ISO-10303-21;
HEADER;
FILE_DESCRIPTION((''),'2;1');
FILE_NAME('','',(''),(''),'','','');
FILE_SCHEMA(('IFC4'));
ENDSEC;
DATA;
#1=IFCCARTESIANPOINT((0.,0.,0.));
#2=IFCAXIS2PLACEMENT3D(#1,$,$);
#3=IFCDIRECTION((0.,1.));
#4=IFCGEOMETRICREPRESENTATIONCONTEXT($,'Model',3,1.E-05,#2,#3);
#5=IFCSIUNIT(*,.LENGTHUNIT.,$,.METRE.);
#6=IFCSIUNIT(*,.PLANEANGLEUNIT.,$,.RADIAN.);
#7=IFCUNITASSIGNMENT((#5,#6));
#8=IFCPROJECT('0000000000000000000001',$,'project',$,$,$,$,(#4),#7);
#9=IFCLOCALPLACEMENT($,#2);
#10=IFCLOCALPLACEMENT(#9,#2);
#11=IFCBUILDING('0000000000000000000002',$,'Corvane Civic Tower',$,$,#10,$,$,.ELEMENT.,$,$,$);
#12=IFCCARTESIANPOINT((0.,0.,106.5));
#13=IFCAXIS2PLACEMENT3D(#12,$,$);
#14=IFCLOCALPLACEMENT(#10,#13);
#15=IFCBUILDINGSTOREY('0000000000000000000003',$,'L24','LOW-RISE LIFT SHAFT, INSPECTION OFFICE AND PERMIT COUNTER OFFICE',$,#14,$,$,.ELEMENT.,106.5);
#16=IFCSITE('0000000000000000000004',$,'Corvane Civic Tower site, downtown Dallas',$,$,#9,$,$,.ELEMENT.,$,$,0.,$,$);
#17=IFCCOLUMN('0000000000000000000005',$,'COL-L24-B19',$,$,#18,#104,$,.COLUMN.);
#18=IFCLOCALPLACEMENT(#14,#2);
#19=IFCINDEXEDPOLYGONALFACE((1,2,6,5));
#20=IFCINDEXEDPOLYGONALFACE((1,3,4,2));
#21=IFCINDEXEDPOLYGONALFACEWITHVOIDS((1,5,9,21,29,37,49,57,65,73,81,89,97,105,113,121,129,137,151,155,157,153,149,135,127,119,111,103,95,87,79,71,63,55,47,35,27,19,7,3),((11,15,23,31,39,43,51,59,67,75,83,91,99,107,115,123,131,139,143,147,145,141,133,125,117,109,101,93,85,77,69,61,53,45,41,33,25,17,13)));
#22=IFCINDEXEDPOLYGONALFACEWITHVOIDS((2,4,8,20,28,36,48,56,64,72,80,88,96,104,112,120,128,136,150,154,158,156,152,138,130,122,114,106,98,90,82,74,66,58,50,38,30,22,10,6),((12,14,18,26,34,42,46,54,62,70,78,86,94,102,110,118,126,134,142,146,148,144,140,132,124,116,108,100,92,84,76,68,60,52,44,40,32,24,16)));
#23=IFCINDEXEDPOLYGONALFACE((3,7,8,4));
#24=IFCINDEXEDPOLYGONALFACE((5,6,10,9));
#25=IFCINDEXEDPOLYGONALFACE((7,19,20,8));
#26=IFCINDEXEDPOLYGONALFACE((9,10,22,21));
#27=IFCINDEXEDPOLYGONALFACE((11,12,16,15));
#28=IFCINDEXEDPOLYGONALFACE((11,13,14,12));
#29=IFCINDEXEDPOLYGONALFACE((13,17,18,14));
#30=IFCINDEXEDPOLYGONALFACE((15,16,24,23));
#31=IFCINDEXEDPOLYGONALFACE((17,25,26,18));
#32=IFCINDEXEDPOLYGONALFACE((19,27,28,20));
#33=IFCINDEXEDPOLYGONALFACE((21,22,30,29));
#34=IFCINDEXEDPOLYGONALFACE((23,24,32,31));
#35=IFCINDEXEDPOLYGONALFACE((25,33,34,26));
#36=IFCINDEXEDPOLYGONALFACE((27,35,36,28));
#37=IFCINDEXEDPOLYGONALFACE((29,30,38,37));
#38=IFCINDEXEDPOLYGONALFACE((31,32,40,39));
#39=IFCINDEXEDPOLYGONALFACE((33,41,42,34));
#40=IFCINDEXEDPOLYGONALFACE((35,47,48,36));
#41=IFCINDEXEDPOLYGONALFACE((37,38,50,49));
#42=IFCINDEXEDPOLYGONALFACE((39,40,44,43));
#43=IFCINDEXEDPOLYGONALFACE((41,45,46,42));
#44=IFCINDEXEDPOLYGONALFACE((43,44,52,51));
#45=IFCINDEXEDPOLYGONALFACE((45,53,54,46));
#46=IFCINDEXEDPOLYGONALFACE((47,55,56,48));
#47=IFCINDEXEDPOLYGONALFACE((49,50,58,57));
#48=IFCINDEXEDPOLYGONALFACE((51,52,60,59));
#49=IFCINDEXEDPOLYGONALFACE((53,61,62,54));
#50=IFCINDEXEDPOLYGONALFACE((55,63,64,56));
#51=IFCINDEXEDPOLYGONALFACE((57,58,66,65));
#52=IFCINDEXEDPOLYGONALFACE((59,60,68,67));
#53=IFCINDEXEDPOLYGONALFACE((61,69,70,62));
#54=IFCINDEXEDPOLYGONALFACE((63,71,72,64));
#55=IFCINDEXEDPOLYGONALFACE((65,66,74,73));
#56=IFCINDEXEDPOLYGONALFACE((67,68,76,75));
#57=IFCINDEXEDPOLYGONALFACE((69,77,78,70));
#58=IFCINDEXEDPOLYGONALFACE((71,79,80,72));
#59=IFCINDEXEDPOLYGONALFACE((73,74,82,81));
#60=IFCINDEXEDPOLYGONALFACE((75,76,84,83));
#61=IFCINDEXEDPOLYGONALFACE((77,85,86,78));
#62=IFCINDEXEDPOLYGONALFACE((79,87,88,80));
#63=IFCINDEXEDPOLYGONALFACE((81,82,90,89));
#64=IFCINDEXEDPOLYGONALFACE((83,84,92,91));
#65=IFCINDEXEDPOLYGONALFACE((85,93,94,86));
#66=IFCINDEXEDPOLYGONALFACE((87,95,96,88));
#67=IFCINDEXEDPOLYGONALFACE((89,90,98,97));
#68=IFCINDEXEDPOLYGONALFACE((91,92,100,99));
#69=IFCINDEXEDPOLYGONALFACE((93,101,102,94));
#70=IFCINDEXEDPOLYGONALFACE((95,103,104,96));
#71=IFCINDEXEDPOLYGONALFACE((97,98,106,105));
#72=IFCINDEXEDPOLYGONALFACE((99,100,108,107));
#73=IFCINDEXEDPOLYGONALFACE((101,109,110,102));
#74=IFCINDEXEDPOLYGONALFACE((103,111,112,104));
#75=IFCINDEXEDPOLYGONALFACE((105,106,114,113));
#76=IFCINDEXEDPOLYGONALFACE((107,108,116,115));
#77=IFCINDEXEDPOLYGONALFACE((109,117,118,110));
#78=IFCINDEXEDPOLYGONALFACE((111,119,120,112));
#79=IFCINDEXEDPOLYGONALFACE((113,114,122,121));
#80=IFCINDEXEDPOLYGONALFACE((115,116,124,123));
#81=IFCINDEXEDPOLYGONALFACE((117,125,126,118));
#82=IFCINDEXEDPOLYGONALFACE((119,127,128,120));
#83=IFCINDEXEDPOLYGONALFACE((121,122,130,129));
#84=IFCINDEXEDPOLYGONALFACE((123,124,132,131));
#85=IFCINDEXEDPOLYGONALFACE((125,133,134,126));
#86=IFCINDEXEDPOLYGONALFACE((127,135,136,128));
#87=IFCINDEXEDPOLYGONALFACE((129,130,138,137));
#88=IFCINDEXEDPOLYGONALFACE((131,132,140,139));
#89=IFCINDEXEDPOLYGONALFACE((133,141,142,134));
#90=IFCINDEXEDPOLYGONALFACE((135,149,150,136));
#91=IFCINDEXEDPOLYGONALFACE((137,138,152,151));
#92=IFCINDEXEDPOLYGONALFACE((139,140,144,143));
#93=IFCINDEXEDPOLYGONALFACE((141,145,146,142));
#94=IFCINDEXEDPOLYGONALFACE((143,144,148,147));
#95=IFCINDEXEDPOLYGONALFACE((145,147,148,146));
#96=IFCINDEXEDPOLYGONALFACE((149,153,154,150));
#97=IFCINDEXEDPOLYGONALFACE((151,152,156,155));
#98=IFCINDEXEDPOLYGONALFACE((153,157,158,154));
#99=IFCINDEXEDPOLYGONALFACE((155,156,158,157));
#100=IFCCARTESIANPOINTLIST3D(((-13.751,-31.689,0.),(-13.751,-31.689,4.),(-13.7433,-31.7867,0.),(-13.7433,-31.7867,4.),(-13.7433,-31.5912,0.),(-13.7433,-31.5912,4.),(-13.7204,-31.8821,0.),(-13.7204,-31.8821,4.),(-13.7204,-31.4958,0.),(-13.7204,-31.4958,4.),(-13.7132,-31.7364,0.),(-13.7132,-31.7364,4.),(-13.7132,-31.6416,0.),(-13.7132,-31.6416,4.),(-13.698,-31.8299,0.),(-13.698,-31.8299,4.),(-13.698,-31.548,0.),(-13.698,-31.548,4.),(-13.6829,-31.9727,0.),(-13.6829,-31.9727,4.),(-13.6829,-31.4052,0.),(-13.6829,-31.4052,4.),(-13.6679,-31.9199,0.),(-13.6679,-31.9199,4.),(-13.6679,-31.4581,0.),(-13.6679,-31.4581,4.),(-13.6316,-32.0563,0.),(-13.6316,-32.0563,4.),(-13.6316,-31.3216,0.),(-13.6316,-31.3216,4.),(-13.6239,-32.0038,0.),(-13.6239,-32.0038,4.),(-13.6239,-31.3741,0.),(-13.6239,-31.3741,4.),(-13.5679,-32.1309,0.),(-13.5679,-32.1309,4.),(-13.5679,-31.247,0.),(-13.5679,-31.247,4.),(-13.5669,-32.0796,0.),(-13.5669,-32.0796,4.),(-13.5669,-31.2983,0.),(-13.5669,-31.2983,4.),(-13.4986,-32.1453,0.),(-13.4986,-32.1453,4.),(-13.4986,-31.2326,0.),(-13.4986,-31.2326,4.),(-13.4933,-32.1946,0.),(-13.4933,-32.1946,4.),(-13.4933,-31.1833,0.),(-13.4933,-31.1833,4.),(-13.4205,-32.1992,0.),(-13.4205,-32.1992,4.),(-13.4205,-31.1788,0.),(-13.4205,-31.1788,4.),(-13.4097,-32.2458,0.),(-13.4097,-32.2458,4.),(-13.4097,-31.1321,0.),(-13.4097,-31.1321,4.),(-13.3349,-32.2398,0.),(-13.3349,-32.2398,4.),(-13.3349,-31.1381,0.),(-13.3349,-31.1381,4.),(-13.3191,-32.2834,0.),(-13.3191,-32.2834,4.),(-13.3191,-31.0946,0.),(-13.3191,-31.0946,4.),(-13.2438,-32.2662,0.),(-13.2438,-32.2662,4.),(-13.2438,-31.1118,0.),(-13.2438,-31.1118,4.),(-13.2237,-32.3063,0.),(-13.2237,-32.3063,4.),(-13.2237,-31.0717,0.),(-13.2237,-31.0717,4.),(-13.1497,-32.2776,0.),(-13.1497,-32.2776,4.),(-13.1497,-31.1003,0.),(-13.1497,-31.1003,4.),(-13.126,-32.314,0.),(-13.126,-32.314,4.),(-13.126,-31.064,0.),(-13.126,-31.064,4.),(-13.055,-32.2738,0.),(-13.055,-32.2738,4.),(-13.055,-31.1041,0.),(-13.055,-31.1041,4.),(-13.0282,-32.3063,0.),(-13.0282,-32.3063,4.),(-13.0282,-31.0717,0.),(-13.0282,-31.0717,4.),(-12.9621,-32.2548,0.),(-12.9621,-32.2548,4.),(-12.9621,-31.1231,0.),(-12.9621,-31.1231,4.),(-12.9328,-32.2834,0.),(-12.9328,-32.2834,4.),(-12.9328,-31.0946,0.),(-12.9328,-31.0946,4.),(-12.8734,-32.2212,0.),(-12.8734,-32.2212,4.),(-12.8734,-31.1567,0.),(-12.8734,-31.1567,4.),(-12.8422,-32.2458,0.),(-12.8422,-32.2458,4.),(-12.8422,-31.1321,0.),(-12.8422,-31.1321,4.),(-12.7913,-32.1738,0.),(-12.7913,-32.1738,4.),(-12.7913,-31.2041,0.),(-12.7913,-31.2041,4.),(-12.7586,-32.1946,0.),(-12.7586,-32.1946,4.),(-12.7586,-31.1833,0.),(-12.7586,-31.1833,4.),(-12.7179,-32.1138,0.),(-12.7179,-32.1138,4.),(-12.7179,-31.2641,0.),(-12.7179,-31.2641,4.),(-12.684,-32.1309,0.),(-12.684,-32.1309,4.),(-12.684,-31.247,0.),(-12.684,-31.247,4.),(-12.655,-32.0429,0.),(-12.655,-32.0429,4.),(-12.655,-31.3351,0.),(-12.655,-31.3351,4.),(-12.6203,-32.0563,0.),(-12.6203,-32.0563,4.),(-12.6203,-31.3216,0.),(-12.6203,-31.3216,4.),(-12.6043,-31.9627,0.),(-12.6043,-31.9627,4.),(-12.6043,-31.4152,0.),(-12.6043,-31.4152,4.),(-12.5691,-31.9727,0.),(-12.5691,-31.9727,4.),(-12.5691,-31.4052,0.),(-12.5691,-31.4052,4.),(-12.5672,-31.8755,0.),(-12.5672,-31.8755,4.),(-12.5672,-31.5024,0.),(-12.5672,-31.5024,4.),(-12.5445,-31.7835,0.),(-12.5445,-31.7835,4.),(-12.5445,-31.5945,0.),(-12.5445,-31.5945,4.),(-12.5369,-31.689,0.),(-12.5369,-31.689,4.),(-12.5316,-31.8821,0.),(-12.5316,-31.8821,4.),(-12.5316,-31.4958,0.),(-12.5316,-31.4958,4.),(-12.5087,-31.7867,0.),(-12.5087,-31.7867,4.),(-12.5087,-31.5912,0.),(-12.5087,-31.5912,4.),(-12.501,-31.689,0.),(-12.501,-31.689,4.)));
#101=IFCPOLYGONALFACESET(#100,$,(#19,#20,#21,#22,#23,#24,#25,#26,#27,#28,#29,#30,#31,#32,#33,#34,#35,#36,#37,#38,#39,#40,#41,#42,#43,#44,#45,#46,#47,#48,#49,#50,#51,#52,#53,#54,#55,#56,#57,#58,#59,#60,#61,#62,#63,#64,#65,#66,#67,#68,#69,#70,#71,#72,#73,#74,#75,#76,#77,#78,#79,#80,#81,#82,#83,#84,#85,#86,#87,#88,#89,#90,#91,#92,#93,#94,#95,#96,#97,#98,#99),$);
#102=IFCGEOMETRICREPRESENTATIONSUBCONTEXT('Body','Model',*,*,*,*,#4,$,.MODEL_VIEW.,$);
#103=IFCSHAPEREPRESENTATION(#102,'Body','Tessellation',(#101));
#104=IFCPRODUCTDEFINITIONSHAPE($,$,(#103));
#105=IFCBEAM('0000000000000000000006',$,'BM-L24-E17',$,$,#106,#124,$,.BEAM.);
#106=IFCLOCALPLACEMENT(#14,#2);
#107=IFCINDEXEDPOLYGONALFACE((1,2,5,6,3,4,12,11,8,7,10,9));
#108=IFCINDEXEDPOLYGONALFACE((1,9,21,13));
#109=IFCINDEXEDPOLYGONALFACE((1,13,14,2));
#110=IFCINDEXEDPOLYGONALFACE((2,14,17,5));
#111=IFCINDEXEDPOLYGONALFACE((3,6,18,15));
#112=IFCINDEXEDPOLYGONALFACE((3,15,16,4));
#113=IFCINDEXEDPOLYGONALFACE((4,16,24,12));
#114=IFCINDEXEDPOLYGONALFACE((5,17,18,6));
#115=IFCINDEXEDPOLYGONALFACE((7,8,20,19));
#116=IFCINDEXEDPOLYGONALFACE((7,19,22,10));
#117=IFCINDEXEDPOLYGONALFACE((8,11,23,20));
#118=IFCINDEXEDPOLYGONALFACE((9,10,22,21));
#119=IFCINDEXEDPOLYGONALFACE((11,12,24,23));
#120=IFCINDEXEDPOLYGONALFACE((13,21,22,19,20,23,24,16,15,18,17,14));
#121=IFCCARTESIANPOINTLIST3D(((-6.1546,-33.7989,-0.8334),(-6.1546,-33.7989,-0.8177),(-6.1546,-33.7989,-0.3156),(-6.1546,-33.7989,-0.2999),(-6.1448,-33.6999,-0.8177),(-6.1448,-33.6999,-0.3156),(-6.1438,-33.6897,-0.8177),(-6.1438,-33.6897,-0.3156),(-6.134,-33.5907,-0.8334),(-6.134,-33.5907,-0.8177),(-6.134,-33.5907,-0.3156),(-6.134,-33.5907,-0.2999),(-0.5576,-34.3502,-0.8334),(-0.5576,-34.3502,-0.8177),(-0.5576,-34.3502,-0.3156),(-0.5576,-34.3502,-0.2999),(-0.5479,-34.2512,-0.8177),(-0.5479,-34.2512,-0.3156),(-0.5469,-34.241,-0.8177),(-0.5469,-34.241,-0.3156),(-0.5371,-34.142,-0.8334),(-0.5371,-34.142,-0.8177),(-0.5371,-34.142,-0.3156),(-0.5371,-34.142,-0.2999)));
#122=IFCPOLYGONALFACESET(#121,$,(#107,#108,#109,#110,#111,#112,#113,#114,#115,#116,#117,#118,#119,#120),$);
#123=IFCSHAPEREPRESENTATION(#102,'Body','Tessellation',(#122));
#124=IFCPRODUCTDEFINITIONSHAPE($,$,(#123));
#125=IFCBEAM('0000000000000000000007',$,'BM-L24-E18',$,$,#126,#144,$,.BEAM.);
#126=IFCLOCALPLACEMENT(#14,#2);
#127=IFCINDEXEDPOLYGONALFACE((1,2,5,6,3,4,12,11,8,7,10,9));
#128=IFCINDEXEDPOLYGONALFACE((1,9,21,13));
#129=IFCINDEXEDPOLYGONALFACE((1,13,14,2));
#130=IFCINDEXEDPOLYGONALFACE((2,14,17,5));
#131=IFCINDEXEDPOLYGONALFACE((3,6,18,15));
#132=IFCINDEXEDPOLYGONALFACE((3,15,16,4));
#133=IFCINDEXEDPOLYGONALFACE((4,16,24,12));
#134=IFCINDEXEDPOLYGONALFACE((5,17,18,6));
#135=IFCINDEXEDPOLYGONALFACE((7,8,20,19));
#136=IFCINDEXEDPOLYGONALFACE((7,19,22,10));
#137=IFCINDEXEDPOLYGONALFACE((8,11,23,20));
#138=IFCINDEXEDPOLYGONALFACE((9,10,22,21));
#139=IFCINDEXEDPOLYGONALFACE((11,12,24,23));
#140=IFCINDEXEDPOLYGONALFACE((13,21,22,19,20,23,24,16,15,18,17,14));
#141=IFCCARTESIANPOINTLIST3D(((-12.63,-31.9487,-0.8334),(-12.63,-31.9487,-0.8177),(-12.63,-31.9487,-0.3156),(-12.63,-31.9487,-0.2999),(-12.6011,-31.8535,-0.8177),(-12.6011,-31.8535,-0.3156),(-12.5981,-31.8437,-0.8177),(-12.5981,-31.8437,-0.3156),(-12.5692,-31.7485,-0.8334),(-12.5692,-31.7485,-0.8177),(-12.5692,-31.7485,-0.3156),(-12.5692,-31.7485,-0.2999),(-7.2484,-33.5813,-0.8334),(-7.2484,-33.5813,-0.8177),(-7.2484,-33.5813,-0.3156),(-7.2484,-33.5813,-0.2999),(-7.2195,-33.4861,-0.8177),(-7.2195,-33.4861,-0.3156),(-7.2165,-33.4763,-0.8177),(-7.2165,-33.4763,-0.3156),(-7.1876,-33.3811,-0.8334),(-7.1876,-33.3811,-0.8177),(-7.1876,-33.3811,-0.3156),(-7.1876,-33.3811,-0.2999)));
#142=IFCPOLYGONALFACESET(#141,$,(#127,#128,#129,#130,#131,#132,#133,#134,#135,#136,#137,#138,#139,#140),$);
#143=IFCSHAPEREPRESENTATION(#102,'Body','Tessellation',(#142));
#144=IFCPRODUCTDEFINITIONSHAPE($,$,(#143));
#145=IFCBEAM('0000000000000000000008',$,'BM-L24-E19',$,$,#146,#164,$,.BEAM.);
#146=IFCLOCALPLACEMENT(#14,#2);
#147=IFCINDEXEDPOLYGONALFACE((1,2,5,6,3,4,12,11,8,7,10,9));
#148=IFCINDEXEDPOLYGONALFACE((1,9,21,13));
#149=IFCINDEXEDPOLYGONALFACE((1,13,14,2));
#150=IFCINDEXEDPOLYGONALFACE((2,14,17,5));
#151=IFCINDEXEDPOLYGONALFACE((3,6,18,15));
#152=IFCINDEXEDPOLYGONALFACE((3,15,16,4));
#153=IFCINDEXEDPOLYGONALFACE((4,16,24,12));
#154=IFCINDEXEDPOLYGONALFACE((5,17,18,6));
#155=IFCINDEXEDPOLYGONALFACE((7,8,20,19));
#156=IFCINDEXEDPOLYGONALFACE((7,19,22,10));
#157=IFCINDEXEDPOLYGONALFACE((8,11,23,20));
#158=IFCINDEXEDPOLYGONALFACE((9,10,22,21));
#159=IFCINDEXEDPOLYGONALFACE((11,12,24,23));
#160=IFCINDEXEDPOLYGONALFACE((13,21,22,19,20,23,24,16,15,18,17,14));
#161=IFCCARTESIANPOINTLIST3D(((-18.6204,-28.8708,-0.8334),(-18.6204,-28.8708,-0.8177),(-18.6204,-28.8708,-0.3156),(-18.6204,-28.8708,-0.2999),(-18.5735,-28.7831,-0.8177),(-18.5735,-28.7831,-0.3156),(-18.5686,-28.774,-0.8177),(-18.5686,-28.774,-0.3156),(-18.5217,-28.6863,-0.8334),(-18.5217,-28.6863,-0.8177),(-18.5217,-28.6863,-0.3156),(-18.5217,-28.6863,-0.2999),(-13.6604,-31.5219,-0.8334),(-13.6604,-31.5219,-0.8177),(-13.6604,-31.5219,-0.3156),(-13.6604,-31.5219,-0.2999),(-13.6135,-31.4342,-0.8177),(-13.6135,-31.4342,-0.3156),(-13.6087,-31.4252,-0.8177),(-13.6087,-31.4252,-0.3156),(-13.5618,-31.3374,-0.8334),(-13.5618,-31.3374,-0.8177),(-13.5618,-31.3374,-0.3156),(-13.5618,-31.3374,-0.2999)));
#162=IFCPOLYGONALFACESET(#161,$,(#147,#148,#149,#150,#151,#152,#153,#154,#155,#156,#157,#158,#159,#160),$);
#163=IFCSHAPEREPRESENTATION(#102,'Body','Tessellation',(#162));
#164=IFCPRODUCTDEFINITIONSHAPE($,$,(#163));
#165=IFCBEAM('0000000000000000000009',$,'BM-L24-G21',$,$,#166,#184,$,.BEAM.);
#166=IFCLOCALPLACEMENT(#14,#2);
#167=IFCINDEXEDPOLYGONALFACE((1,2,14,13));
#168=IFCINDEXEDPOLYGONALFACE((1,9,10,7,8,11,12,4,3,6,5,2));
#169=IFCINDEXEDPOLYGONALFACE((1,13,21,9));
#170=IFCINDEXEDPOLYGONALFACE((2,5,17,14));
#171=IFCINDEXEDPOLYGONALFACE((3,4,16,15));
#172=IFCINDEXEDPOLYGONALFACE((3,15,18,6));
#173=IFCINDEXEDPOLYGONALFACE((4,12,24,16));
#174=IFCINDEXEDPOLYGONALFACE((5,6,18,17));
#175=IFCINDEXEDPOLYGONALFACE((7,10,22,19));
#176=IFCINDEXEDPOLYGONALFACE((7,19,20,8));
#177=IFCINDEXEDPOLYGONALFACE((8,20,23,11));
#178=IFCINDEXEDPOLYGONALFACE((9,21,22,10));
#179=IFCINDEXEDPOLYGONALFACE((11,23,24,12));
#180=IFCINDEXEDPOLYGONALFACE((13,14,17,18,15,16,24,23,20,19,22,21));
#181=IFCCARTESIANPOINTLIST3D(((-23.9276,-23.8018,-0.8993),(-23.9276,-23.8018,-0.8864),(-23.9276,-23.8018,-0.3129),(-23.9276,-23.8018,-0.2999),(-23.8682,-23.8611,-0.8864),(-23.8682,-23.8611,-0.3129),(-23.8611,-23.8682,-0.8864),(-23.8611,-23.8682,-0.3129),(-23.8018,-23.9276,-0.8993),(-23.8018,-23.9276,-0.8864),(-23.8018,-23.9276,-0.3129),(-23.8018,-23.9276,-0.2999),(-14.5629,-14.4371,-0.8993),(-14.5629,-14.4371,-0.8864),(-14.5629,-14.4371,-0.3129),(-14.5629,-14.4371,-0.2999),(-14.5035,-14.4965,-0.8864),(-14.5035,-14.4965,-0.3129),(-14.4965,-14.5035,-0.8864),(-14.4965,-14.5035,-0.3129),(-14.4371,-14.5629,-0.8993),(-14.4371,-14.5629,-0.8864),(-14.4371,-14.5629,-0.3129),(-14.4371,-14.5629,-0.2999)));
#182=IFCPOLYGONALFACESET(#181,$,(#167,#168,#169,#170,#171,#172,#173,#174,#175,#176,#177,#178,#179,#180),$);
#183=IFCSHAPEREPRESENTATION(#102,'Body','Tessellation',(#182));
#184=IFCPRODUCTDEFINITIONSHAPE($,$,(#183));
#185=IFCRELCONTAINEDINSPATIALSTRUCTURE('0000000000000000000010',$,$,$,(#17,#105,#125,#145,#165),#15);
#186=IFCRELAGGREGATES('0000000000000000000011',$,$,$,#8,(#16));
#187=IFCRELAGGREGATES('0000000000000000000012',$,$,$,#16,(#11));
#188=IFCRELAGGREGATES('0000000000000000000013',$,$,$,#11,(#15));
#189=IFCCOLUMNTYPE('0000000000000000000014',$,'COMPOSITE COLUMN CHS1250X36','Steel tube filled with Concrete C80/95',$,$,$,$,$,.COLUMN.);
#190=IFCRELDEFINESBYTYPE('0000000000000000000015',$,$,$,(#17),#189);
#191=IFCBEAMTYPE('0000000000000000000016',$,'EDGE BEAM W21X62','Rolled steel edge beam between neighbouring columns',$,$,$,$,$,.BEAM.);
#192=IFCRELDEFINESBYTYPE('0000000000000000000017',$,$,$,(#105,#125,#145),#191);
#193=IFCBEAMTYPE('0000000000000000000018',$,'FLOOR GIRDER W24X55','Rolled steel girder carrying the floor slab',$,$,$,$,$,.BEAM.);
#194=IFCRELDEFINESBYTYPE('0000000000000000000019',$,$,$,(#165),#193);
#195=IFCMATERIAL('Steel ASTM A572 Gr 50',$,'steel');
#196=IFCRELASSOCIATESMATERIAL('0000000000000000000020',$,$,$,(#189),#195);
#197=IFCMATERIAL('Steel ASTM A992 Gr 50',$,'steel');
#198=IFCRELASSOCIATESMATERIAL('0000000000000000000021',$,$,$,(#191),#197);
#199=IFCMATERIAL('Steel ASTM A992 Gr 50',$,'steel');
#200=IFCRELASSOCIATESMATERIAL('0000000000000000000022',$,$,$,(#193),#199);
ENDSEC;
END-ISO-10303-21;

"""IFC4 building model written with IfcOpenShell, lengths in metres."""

from ifc_helpers import new_model, si_unit, direction, frame, origin, origin_2d, place, context, subcontext, project, spatial, hollow_circle, i_section, extrude, material, material_profile, profile_set, type_object, element, save


model = new_model("IFC4")

# Units and contexts
model_context = context("Model", 3, precision=1e-05, world=origin(), true_north=direction((0.0, 1.0)))
body_context = subcontext(model_context, "Body", "Model", "MODEL_VIEW")
ifc_project = project(units=[si_unit("LENGTHUNIT", "METRE"), si_unit("PLANEANGLEUNIT", "RADIAN")], contexts=[model_context])

# Site, building, storey
site_placement = place(None, origin())
site = spatial("IfcSite", under=ifc_project, at=site_placement, Name="Corvane Civic Tower site, downtown Dallas", CompositionType="ELEMENT", RefElevation=0.0)
building_placement = place(site_placement, origin())
building = spatial("IfcBuilding", under=site, at=building_placement, Name="Corvane Civic Tower", CompositionType="ELEMENT")
storey_placement = place(building_placement, frame((0.0, 0.0, 106.5)))
storey = spatial("IfcBuildingStorey", under=building, at=storey_placement, Name="L24", Description="LOW-RISE LIFT SHAFT, INSPECTION OFFICE AND PERMIT COUNTER OFFICE", CompositionType="ELEMENT", Elevation=106.5)

# Column
ifc_material_1 = material(Name="Steel ASTM A572 Gr 50", Category="steel")
ifc_material_profile_1 = material_profile(ifc_material_1, hollow_circle(Radius=0.625, WallThickness=0.0359, at=origin_2d()), Name="CHS1250X36")
ifc_profile_set_1 = profile_set([ifc_material_profile_1], Name="Steel ASTM A572 Gr 50")
column_type = type_object("IfcColumnType", Name="COMPOSITE COLUMN CHS1250X36", Description="Steel tube filled with Concrete C80/95", PredefinedType="COLUMN", material=ifc_profile_set_1)
for number, where, z_axis, x_axis, name in (
    (1, (-13.126, -31.689, 0.0), (0.0, 0.0, 1.0), (1.0, 0.0, 0.0), "COL-L24-B19"),
):
    element("IfcColumn", number, at=place(storey_placement, frame(where, z_axis=z_axis, x_axis=x_axis)), inside=storey, type_object=column_type, Name=name, PredefinedType="COLUMN", context=body_context, shape_type="SweptSolid", body=[
        extrude(hollow_circle(Radius=0.625, WallThickness=0.0359, at=origin_2d()), origin(), (0.0, 0.0, 1.0), 4.0),
    ])

# Beams
ifc_material_2 = material(Name="Steel ASTM A992 Gr 50", Category="steel")
ifc_material_profile_2 = material_profile(ifc_material_2, i_section(OverallWidth=0.2092, OverallDepth=0.5334, WebThickness=0.0103, FlangeThickness=0.0156, at=origin_2d()), Name="W21X62")
ifc_profile_set_2 = profile_set([ifc_material_profile_2], Name="Steel ASTM A992 Gr 50")
beam_type_1 = type_object("IfcBeamType", Name="EDGE BEAM W21X62", Description="Rolled steel edge beam between neighbouring columns", PredefinedType="BEAM", material=ifc_profile_set_2)
beam_1_placement = place(storey_placement, frame((-0.5474, -34.2461, -0.5667), z_axis=(-0.995184, 0.098021, 0.0), x_axis=(-0.098021, -0.995184, 0.0)))
element("IfcBeam", 2, at=beam_1_placement, inside=storey, type_object=beam_type_1, Name="BM-L24-E17", PredefinedType="BEAM", context=body_context, shape_type="SweptSolid", body=[
    extrude(i_section(OverallWidth=0.2092, OverallDepth=0.5334, WebThickness=0.0103, FlangeThickness=0.0156, at=origin_2d()), origin(), (0.0, 0.0, 1.0), 5.624),
])
beam_2_placement = place(storey_placement, frame((-7.218, -33.4812, -0.5667), z_axis=(-0.956936, 0.290298, 0.0), x_axis=(-0.290298, -0.956936, 0.0)))
element("IfcBeam", 3, at=beam_2_placement, inside=storey, type_object=beam_type_1, Name="BM-L24-E18", PredefinedType="BEAM", context=body_context, shape_type="SweptSolid", body=[
    extrude(i_section(OverallWidth=0.2092, OverallDepth=0.5334, WebThickness=0.0103, FlangeThickness=0.0156, at=origin_2d()), origin(), (0.0, 0.0, 1.0), 5.6238),
])
beam_3_placement = place(storey_placement, frame((-13.6111, -31.4297, -0.5667), z_axis=(-0.881924, 0.471392, 0.0), x_axis=(-0.471392, -0.881924, 0.0)))
element("IfcBeam", 4, at=beam_3_placement, inside=storey, type_object=beam_type_1, Name="BM-L24-E19", PredefinedType="BEAM", context=body_context, shape_type="SweptSolid", body=[
    extrude(i_section(OverallWidth=0.2092, OverallDepth=0.5334, WebThickness=0.0103, FlangeThickness=0.0156, at=origin_2d()), origin(), (0.0, 0.0, 1.0), 5.624),
])
ifc_material_3 = material(Name="Steel ASTM A992 Gr 50", Category="steel")
ifc_material_profile_3 = material_profile(ifc_material_3, i_section(OverallWidth=0.178, OverallDepth=0.5994, WebThickness=0.01, FlangeThickness=0.0129, at=origin_2d()), Name="W24X55")
ifc_profile_set_3 = profile_set([ifc_material_profile_3], Name="Steel ASTM A992 Gr 50")
beam_type_2 = type_object("IfcBeamType", Name="FLOOR GIRDER W24X55", Description="Rolled steel girder carrying the floor slab", PredefinedType="BEAM", material=ifc_profile_set_3)
beam_4_placement = place(storey_placement, frame((-14.5, -14.5, -0.5996), z_axis=(-0.707107, -0.707107, 0.0), x_axis=(0.707107, -0.707107, 0.0)))
element("IfcBeam", 5, at=beam_4_placement, inside=storey, type_object=beam_type_2, Name="BM-L24-G21", PredefinedType="BEAM", context=body_context, shape_type="SweptSolid", body=[
    extrude(i_section(OverallWidth=0.178, OverallDepth=0.5994, WebThickness=0.01, FlangeThickness=0.0129, at=origin_2d()), origin(), (0.0, 0.0, 1.0), 13.2437),
])

save(model, "model.ifc")
